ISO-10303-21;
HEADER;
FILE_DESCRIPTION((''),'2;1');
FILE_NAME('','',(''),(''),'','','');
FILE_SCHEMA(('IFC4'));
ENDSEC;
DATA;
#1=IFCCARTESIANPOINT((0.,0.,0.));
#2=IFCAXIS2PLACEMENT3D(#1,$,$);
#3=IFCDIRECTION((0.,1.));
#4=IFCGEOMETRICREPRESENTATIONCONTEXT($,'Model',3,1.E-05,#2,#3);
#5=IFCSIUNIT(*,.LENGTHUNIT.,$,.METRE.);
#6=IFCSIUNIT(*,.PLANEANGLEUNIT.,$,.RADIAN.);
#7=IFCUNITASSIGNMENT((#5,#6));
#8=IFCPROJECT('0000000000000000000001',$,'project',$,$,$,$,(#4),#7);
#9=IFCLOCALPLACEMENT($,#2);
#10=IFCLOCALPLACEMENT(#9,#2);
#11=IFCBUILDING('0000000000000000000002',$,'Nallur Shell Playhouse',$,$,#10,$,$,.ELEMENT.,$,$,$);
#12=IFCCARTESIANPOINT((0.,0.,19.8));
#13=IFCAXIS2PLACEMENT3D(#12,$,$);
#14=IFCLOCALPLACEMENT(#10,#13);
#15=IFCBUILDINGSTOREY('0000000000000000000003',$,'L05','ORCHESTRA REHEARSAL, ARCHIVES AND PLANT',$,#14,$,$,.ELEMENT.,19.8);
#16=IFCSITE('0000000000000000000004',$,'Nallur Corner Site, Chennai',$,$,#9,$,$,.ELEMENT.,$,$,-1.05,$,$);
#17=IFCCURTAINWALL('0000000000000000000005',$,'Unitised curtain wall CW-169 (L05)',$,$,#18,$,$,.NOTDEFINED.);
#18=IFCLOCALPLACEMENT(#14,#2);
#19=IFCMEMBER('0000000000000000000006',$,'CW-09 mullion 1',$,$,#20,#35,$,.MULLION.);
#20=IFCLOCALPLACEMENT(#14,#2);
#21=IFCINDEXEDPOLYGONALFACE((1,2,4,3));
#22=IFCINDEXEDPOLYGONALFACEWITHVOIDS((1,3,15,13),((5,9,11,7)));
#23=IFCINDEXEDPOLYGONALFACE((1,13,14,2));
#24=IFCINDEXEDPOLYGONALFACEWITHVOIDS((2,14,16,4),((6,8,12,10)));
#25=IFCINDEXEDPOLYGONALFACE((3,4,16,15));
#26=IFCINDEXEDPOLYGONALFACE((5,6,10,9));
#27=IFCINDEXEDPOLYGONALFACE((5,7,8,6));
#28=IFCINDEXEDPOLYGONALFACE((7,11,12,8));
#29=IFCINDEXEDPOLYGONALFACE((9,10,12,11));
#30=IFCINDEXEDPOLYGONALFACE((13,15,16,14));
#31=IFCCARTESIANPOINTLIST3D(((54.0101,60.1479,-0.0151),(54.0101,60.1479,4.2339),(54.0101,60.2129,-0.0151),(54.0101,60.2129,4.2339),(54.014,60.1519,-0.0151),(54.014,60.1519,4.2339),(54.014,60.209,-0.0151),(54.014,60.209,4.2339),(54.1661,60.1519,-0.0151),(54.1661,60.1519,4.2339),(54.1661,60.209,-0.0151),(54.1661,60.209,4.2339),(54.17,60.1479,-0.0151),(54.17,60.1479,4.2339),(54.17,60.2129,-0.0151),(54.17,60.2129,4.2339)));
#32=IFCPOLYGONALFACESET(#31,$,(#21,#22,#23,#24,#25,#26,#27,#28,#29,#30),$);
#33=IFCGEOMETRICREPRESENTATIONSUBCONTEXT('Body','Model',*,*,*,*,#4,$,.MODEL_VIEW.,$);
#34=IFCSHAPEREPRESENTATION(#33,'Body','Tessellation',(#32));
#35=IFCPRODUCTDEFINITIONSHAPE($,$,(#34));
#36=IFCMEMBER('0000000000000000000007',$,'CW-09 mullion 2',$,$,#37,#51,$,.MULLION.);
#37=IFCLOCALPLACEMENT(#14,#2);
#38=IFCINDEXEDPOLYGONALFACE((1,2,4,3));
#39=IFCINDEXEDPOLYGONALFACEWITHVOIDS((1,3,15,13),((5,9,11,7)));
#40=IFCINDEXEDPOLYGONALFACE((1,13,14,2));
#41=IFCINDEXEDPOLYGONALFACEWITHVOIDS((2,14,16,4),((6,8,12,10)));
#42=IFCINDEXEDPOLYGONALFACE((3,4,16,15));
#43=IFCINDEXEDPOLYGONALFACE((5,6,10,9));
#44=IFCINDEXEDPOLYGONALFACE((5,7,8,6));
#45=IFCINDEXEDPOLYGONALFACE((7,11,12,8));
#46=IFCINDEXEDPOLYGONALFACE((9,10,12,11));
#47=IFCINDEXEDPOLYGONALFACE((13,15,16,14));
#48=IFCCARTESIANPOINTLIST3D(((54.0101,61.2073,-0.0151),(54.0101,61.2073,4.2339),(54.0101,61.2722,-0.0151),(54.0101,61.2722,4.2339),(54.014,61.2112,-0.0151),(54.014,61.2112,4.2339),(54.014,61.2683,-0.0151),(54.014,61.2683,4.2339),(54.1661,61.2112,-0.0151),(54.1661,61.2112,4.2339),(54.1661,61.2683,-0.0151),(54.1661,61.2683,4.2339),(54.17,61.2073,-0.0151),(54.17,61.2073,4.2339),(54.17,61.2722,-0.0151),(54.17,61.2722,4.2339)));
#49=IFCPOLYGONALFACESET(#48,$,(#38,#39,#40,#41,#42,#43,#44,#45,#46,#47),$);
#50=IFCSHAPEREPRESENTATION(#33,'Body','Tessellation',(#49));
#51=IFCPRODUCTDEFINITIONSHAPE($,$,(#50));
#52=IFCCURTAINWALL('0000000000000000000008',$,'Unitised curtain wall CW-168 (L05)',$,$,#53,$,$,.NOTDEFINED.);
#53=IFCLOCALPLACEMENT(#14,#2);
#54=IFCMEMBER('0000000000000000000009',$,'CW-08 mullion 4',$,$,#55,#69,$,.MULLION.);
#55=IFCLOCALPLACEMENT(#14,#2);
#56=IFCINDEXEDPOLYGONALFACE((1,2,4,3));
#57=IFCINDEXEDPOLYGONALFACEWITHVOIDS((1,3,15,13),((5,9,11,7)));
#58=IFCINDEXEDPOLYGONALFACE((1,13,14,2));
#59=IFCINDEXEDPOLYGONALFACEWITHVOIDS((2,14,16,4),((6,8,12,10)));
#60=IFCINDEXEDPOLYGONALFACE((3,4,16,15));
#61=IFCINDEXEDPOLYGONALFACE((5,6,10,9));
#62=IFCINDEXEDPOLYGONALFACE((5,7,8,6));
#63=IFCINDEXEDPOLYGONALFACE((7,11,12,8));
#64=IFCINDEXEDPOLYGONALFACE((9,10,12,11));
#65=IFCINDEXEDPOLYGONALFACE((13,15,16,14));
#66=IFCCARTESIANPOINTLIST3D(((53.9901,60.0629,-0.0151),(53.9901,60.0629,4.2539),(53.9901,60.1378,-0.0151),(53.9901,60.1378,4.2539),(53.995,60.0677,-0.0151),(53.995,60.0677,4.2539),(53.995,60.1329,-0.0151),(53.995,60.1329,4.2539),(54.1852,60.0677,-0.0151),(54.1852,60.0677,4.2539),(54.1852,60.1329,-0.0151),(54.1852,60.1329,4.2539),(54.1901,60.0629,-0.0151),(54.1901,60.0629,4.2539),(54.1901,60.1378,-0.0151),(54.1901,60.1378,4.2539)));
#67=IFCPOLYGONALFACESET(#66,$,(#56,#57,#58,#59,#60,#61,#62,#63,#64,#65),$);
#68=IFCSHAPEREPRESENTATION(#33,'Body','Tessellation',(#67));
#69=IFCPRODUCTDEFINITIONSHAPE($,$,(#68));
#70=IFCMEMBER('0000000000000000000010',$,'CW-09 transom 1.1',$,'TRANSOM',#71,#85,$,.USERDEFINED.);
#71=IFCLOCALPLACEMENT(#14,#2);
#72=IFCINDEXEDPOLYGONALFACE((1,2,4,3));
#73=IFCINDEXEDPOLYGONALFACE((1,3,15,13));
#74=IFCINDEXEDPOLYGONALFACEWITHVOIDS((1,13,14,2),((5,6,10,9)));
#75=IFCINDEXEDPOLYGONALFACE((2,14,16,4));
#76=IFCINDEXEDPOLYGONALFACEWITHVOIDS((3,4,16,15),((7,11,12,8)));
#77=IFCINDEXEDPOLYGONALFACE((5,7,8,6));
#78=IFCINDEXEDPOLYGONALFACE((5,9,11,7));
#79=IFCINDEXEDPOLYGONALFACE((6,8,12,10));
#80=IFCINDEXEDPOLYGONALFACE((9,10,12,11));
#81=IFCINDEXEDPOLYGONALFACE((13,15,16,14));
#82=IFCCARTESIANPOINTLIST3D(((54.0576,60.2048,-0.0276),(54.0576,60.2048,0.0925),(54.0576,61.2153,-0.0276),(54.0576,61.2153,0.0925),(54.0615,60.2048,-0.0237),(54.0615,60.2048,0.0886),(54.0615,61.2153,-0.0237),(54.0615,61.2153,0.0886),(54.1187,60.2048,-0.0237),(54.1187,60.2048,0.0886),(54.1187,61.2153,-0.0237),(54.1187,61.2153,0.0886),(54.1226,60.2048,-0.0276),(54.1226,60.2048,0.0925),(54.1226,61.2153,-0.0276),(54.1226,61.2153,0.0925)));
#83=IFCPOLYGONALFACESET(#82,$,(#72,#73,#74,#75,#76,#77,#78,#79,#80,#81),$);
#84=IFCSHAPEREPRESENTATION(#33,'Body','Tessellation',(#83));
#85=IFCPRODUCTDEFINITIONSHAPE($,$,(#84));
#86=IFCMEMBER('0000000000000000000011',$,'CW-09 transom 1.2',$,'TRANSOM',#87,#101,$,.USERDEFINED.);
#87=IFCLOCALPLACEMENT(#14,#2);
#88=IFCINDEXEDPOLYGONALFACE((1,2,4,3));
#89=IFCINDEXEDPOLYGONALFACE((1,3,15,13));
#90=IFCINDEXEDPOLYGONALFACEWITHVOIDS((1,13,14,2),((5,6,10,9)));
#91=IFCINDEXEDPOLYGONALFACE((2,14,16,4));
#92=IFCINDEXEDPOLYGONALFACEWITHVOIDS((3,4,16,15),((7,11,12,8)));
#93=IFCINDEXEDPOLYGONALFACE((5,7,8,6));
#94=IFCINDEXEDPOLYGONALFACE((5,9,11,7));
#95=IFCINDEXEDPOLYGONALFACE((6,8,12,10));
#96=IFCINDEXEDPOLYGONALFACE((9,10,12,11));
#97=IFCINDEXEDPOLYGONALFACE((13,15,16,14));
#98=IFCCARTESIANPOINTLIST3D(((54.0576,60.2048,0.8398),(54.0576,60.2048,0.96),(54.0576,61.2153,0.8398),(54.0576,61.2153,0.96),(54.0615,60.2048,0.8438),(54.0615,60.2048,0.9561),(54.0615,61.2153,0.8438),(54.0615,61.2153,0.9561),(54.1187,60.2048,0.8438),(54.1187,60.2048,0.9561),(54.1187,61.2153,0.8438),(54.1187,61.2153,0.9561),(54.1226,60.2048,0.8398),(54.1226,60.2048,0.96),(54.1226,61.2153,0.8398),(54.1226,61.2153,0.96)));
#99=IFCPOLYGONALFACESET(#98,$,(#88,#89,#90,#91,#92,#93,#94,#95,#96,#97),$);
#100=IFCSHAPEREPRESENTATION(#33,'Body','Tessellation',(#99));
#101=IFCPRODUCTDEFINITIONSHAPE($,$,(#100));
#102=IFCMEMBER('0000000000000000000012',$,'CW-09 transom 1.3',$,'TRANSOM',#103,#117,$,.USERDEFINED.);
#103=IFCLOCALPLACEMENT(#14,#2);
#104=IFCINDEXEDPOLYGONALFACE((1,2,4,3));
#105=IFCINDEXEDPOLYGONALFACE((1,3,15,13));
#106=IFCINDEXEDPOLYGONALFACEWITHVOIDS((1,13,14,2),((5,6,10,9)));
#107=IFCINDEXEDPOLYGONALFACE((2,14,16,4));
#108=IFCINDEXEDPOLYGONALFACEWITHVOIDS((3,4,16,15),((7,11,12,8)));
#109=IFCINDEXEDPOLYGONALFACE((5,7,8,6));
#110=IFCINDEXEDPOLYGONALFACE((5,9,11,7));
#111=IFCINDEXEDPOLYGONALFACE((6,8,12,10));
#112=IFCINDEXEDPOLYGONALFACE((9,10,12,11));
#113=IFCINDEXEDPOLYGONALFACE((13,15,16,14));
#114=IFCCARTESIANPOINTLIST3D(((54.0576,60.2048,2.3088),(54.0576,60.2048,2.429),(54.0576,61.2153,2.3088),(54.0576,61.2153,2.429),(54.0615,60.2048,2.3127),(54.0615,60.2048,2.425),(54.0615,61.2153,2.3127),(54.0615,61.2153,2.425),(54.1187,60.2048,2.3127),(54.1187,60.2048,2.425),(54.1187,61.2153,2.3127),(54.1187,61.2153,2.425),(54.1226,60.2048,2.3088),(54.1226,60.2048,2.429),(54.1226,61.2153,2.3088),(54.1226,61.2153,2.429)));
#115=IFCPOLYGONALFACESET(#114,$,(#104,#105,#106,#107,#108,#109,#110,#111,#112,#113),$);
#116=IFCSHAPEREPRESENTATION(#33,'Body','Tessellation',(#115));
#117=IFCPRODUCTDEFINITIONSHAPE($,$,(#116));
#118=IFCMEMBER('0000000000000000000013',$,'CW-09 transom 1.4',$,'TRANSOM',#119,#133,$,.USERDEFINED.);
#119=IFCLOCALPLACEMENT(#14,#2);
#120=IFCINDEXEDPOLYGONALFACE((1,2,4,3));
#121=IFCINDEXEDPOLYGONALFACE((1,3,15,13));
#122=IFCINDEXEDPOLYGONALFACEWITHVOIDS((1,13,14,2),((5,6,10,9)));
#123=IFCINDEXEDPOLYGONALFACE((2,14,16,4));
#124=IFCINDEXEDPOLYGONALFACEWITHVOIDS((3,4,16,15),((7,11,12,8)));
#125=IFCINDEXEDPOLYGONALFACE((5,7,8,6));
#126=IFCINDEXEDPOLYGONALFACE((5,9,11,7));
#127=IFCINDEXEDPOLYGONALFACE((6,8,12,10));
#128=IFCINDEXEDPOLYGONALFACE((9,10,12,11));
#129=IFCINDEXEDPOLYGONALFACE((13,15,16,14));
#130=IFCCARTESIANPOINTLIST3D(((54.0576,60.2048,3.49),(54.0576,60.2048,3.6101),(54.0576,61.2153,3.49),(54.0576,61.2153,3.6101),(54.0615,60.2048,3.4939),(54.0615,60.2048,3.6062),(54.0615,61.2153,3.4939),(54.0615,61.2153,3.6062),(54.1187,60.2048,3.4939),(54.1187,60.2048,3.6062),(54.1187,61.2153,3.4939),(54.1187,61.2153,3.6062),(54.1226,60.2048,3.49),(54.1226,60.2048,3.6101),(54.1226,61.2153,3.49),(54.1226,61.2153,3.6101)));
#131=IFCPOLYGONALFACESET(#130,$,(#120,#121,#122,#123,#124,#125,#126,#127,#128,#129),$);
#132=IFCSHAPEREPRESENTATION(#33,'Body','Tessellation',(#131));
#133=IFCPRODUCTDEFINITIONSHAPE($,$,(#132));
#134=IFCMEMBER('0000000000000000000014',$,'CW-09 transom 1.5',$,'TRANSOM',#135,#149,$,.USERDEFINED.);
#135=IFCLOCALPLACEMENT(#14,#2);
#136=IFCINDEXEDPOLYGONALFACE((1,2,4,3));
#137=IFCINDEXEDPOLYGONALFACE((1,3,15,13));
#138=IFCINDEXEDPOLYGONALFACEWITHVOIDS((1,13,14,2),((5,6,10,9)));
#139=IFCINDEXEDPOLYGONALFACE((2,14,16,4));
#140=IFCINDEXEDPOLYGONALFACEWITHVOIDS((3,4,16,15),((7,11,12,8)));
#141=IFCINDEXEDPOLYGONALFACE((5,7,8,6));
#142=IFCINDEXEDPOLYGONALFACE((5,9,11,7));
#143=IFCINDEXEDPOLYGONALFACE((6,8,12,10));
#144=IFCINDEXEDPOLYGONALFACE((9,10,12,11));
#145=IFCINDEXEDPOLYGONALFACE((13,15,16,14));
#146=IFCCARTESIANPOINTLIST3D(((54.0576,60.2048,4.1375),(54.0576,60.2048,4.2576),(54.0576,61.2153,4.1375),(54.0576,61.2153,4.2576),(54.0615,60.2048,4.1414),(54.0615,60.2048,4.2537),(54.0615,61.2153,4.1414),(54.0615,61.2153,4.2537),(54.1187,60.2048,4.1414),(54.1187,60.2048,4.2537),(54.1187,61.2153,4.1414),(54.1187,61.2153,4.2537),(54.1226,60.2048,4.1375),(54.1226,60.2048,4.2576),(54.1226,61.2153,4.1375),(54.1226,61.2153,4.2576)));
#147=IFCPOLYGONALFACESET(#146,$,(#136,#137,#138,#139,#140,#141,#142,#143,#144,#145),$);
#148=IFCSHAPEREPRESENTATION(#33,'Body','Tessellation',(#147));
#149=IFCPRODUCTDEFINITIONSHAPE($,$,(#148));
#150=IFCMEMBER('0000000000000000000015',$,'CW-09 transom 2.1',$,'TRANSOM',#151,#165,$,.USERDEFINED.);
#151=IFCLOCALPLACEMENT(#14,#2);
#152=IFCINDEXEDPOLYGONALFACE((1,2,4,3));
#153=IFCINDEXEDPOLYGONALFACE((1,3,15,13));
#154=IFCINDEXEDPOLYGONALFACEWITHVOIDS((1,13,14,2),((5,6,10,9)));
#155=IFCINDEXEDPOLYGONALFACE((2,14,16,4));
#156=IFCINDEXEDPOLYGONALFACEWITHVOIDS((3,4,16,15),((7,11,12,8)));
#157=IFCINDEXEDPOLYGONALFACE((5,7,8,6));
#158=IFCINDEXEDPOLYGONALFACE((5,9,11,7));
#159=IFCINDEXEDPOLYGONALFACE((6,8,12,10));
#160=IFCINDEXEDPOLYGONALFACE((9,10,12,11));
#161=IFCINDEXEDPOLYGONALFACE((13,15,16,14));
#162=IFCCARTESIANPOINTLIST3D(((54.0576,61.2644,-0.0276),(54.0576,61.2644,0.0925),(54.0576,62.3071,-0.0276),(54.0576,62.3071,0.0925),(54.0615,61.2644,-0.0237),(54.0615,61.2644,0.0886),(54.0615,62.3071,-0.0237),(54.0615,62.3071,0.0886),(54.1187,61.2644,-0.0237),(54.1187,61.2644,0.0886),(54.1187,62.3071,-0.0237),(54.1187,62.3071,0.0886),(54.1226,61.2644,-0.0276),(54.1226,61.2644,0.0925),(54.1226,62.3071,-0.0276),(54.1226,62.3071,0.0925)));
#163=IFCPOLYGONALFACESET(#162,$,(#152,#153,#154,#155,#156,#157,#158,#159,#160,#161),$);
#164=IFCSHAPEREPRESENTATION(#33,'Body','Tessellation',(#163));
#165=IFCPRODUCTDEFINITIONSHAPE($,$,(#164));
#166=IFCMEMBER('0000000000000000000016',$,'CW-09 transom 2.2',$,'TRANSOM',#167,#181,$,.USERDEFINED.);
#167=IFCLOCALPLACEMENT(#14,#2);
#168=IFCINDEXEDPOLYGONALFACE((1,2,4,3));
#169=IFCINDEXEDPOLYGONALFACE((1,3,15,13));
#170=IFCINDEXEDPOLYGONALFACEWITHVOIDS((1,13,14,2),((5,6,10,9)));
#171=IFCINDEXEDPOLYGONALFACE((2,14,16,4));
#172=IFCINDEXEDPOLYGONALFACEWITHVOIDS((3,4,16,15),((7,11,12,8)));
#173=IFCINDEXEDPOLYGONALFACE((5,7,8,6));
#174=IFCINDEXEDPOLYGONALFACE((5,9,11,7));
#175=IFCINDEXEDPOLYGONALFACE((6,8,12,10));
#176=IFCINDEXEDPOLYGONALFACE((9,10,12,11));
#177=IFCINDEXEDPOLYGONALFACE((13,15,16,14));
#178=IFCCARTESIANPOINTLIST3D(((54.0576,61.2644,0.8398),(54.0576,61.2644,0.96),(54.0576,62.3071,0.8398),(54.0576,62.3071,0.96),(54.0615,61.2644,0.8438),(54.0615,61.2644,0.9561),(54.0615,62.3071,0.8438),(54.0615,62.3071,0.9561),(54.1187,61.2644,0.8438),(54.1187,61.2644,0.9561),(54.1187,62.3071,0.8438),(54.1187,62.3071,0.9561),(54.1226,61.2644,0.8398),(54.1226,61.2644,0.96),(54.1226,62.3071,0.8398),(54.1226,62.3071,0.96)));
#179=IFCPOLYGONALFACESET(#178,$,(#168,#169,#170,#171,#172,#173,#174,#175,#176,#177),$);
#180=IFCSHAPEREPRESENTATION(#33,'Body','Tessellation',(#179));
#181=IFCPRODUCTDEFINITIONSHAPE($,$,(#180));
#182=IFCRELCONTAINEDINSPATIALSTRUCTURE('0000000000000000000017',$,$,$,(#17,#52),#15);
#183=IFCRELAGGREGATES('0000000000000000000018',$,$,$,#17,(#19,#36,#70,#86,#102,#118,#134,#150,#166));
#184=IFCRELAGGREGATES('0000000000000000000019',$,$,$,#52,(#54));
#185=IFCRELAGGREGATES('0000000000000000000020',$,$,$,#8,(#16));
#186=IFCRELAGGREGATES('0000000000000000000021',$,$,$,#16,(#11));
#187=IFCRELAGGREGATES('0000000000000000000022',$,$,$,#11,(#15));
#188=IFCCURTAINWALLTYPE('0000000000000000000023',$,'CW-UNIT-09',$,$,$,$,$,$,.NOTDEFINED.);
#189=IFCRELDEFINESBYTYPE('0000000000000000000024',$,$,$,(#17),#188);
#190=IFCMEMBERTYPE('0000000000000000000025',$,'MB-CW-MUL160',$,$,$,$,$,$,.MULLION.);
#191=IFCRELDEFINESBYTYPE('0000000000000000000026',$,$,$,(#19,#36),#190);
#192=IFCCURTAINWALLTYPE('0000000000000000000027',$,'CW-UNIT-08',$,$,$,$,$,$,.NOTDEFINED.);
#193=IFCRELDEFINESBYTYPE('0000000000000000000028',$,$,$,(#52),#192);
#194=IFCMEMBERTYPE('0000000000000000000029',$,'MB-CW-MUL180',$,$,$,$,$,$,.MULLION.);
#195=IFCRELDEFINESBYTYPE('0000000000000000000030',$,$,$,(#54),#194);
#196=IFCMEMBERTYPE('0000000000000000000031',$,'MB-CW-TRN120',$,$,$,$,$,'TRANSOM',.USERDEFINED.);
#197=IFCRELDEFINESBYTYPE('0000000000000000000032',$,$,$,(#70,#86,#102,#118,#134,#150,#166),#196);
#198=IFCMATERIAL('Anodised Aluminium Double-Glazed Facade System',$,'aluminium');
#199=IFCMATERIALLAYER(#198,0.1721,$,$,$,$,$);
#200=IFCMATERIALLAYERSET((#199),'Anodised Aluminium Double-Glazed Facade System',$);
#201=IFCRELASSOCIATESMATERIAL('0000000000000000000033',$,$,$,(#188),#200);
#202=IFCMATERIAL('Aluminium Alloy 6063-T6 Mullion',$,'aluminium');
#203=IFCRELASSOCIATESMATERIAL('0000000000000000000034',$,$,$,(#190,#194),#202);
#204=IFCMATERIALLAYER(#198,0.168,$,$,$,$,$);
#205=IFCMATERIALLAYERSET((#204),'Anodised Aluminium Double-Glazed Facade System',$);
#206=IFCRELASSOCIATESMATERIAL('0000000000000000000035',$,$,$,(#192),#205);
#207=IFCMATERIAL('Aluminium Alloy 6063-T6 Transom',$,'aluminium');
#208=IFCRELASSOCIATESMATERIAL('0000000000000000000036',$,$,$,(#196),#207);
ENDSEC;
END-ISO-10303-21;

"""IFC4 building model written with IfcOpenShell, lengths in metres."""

from ifc_helpers import new_model, si_unit, direction, frame, origin, origin_2d, place, context, subcontext, project, spatial, hollow_rectangle, extrude, material, layer, layer_set, material_profile, profile_set, type_object, element, aggregate, save


model = new_model("IFC4")

# Units and contexts
model_context = context("Model", 3, precision=1e-05, world=origin(), true_north=direction((0.0, 1.0)))
body_context = subcontext(model_context, "Body", "Model", "MODEL_VIEW")
ifc_project = project(units=[si_unit("LENGTHUNIT", "METRE"), si_unit("PLANEANGLEUNIT", "RADIAN")], contexts=[model_context])

# Site, building, storey
site_placement = place(None, origin())
site = spatial("IfcSite", under=ifc_project, at=site_placement, Name="Nallur Corner Site, Chennai", CompositionType="ELEMENT", RefElevation=-1.05)
building_placement = place(site_placement, origin())
building = spatial("IfcBuilding", under=site, at=building_placement, Name="Nallur Shell Playhouse", CompositionType="ELEMENT")
storey_placement = place(building_placement, frame((0.0, 0.0, 19.8)))
storey = spatial("IfcBuildingStorey", under=building, at=storey_placement, Name="L05", Description="ORCHESTRA REHEARSAL, ARCHIVES AND PLANT", CompositionType="ELEMENT", Elevation=19.8)

# Curtain wall, members
ifc_material_1 = material(Name="Anodised Aluminium Double-Glazed Facade System", Category="aluminium")
ifc_layer_1 = layer(ifc_material_1, 0.1721)
ifc_layer_set_1 = layer_set([ifc_layer_1], Name="Anodised Aluminium Double-Glazed Facade System")
curtain_wall_type_1 = type_object("IfcCurtainWallType", Name="CW-UNIT-09", PredefinedType="NOTDEFINED", material=ifc_layer_set_1)
curtain_wall_1_placement = place(storey_placement, origin())
curtain_wall_1 = element("IfcCurtainWall", 1, at=curtain_wall_1_placement, inside=storey, type_object=curtain_wall_type_1, Name="Unitised curtain wall CW-169 (L05)", PredefinedType="NOTDEFINED")
ifc_material_2 = material(Name="Aluminium Alloy 6063-T6 Mullion", Category="aluminium")
ifc_material_profile_1 = material_profile(ifc_material_2, hollow_rectangle(XDim=0.0649, YDim=0.1599, WallThickness=0.0039, at=origin_2d()), Name="ALU 65x160x4")
ifc_profile_set_1 = profile_set([ifc_material_profile_1], Name="Aluminium Alloy 6063-T6 Mullion")
member_type_1 = type_object("IfcMemberType", Name="MB-CW-MUL160", PredefinedType="MULLION", material=ifc_profile_set_1)
member_1_placement = place(storey_placement, frame((54.0901, 60.1804, -0.0151), z_axis=(0.0, 0.0, 1.0), x_axis=(0.0, 1.0, 0.0)))
member_1 = element("IfcMember", 2, at=member_1_placement, type_object=member_type_1, Name="CW-09 mullion 1", PredefinedType="MULLION", context=body_context, shape_type="SweptSolid", body=[
    extrude(hollow_rectangle(XDim=0.0649, YDim=0.1599, WallThickness=0.0039, at=origin_2d()), origin(), (0.0, 0.0, 1.0), 4.249),
])
member_2_placement = place(storey_placement, frame((54.0901, 61.2397, -0.0151), z_axis=(0.0, 0.0, 1.0), x_axis=(0.0, 1.0, 0.0)))
member_2 = element("IfcMember", 3, at=member_2_placement, type_object=member_type_1, Name="CW-09 mullion 2", PredefinedType="MULLION", context=body_context, shape_type="SweptSolid", body=[
    extrude(hollow_rectangle(XDim=0.0649, YDim=0.1599, WallThickness=0.0039, at=origin_2d()), origin(), (0.0, 0.0, 1.0), 4.249),
])

# Curtain wall, member
ifc_layer_2 = layer(ifc_material_1, 0.168)
ifc_layer_set_2 = layer_set([ifc_layer_2], Name="Anodised Aluminium Double-Glazed Facade System")
curtain_wall_type_2 = type_object("IfcCurtainWallType", Name="CW-UNIT-08", PredefinedType="NOTDEFINED", material=ifc_layer_set_2)
curtain_wall_2_placement = place(storey_placement, origin())
curtain_wall_2 = element("IfcCurtainWall", 4, at=curtain_wall_2_placement, inside=storey, type_object=curtain_wall_type_2, Name="Unitised curtain wall CW-168 (L05)", PredefinedType="NOTDEFINED")
ifc_material_profile_2 = material_profile(ifc_material_2, hollow_rectangle(XDim=0.075, YDim=0.2, WallThickness=0.0049, at=origin_2d()), Name="ALU 75x200x5")
ifc_profile_set_2 = profile_set([ifc_material_profile_2], Name="Aluminium Alloy 6063-T6 Mullion")
member_type_2 = type_object("IfcMemberType", Name="MB-CW-MUL180", PredefinedType="MULLION", material=ifc_profile_set_2)
member_3_placement = place(storey_placement, frame((54.0901, 60.1003, -0.0151), z_axis=(0.0, 0.0, 1.0), x_axis=(0.0, 1.0, 0.0)))
member_3 = element("IfcMember", 5, at=member_3_placement, type_object=member_type_2, Name="CW-08 mullion 4", PredefinedType="MULLION", context=body_context, shape_type="SweptSolid", body=[
    extrude(hollow_rectangle(XDim=0.075, YDim=0.2, WallThickness=0.0049, at=origin_2d()), origin(), (0.0, 0.0, 1.0), 4.269),
])

# Members
ifc_material_3 = material(Name="Aluminium Alloy 6063-T6 Transom", Category="aluminium")
ifc_material_profile_3 = material_profile(ifc_material_3, hollow_rectangle(XDim=0.0649, YDim=0.1201, WallThickness=0.0039, at=origin_2d()), Name="ALU 65x120x4")
ifc_profile_set_3 = profile_set([ifc_material_profile_3], Name="Aluminium Alloy 6063-T6 Transom")
member_type_3 = type_object("IfcMemberType", Name="MB-CW-TRN120", ElementType="TRANSOM", PredefinedType="USERDEFINED", material=ifc_profile_set_3)
member_4_placement = place(storey_placement, frame((54.0901, 60.2048, 0.0325), z_axis=(0.0, 1.0, 0.0), x_axis=(-1.0, 0.0, 0.0)))
member_4 = element("IfcMember", 6, at=member_4_placement, type_object=member_type_3, Name="CW-09 transom 1.1", ObjectType="TRANSOM", PredefinedType="USERDEFINED", context=body_context, shape_type="SweptSolid", body=[
    extrude(hollow_rectangle(XDim=0.0649, YDim=0.1201, WallThickness=0.0039, at=origin_2d()), origin(), (0.0, 0.0, 1.0), 1.0105),
])
member_5_placement = place(storey_placement, frame((54.0901, 60.2048, 0.8999), z_axis=(0.0, 1.0, 0.0), x_axis=(-1.0, 0.0, 0.0)))
member_5 = element("IfcMember", 7, at=member_5_placement, type_object=member_type_3, Name="CW-09 transom 1.2", ObjectType="TRANSOM", PredefinedType="USERDEFINED", context=body_context, shape_type="SweptSolid", body=[
    extrude(hollow_rectangle(XDim=0.0649, YDim=0.1201, WallThickness=0.0039, at=origin_2d()), origin(), (0.0, 0.0, 1.0), 1.0105),
])
member_6_placement = place(storey_placement, frame((54.0901, 60.2048, 2.3689), z_axis=(0.0, 1.0, 0.0), x_axis=(-1.0, 0.0, 0.0)))
member_6 = element("IfcMember", 8, at=member_6_placement, type_object=member_type_3, Name="CW-09 transom 1.3", ObjectType="TRANSOM", PredefinedType="USERDEFINED", context=body_context, shape_type="SweptSolid", body=[
    extrude(hollow_rectangle(XDim=0.0649, YDim=0.1201, WallThickness=0.0039, at=origin_2d()), origin(), (0.0, 0.0, 1.0), 1.0105),
])
member_7_placement = place(storey_placement, frame((54.0901, 60.2048, 3.55), z_axis=(0.0, 1.0, 0.0), x_axis=(-1.0, 0.0, 0.0)))
member_7 = element("IfcMember", 9, at=member_7_placement, type_object=member_type_3, Name="CW-09 transom 1.4", ObjectType="TRANSOM", PredefinedType="USERDEFINED", context=body_context, shape_type="SweptSolid", body=[
    extrude(hollow_rectangle(XDim=0.0649, YDim=0.1201, WallThickness=0.0039, at=origin_2d()), origin(), (0.0, 0.0, 1.0), 1.0105),
])
member_8_placement = place(storey_placement, frame((54.0901, 60.2048, 4.1975), z_axis=(0.0, 1.0, 0.0), x_axis=(-1.0, 0.0, 0.0)))
member_8 = element("IfcMember", 10, at=member_8_placement, type_object=member_type_3, Name="CW-09 transom 1.5", ObjectType="TRANSOM", PredefinedType="USERDEFINED", context=body_context, shape_type="SweptSolid", body=[
    extrude(hollow_rectangle(XDim=0.0649, YDim=0.1201, WallThickness=0.0039, at=origin_2d()), origin(), (0.0, 0.0, 1.0), 1.0105),
])
member_9_placement = place(storey_placement, frame((54.0901, 61.2644, 0.0325), z_axis=(0.0, 1.0, 0.0), x_axis=(-1.0, 0.0, 0.0)))
member_9 = element("IfcMember", 11, at=member_9_placement, type_object=member_type_3, Name="CW-09 transom 2.1", ObjectType="TRANSOM", PredefinedType="USERDEFINED", context=body_context, shape_type="SweptSolid", body=[
    extrude(hollow_rectangle(XDim=0.0649, YDim=0.1201, WallThickness=0.0039, at=origin_2d()), origin(), (0.0, 0.0, 1.0), 1.0427),
])
member_10_placement = place(storey_placement, frame((54.0901, 61.2644, 0.8999), z_axis=(0.0, 1.0, 0.0), x_axis=(-1.0, 0.0, 0.0)))
member_10 = element("IfcMember", 12, at=member_10_placement, type_object=member_type_3, Name="CW-09 transom 2.2", ObjectType="TRANSOM", PredefinedType="USERDEFINED", context=body_context, shape_type="SweptSolid", body=[
    extrude(hollow_rectangle(XDim=0.0649, YDim=0.1201, WallThickness=0.0039, at=origin_2d()), origin(), (0.0, 0.0, 1.0), 1.0427),
])

aggregate(curtain_wall_1, [member_1, member_2, member_4, member_5, member_6, member_7, member_8, member_9, member_10])
aggregate(curtain_wall_2, [member_3])

save(model, "model.ifc")
